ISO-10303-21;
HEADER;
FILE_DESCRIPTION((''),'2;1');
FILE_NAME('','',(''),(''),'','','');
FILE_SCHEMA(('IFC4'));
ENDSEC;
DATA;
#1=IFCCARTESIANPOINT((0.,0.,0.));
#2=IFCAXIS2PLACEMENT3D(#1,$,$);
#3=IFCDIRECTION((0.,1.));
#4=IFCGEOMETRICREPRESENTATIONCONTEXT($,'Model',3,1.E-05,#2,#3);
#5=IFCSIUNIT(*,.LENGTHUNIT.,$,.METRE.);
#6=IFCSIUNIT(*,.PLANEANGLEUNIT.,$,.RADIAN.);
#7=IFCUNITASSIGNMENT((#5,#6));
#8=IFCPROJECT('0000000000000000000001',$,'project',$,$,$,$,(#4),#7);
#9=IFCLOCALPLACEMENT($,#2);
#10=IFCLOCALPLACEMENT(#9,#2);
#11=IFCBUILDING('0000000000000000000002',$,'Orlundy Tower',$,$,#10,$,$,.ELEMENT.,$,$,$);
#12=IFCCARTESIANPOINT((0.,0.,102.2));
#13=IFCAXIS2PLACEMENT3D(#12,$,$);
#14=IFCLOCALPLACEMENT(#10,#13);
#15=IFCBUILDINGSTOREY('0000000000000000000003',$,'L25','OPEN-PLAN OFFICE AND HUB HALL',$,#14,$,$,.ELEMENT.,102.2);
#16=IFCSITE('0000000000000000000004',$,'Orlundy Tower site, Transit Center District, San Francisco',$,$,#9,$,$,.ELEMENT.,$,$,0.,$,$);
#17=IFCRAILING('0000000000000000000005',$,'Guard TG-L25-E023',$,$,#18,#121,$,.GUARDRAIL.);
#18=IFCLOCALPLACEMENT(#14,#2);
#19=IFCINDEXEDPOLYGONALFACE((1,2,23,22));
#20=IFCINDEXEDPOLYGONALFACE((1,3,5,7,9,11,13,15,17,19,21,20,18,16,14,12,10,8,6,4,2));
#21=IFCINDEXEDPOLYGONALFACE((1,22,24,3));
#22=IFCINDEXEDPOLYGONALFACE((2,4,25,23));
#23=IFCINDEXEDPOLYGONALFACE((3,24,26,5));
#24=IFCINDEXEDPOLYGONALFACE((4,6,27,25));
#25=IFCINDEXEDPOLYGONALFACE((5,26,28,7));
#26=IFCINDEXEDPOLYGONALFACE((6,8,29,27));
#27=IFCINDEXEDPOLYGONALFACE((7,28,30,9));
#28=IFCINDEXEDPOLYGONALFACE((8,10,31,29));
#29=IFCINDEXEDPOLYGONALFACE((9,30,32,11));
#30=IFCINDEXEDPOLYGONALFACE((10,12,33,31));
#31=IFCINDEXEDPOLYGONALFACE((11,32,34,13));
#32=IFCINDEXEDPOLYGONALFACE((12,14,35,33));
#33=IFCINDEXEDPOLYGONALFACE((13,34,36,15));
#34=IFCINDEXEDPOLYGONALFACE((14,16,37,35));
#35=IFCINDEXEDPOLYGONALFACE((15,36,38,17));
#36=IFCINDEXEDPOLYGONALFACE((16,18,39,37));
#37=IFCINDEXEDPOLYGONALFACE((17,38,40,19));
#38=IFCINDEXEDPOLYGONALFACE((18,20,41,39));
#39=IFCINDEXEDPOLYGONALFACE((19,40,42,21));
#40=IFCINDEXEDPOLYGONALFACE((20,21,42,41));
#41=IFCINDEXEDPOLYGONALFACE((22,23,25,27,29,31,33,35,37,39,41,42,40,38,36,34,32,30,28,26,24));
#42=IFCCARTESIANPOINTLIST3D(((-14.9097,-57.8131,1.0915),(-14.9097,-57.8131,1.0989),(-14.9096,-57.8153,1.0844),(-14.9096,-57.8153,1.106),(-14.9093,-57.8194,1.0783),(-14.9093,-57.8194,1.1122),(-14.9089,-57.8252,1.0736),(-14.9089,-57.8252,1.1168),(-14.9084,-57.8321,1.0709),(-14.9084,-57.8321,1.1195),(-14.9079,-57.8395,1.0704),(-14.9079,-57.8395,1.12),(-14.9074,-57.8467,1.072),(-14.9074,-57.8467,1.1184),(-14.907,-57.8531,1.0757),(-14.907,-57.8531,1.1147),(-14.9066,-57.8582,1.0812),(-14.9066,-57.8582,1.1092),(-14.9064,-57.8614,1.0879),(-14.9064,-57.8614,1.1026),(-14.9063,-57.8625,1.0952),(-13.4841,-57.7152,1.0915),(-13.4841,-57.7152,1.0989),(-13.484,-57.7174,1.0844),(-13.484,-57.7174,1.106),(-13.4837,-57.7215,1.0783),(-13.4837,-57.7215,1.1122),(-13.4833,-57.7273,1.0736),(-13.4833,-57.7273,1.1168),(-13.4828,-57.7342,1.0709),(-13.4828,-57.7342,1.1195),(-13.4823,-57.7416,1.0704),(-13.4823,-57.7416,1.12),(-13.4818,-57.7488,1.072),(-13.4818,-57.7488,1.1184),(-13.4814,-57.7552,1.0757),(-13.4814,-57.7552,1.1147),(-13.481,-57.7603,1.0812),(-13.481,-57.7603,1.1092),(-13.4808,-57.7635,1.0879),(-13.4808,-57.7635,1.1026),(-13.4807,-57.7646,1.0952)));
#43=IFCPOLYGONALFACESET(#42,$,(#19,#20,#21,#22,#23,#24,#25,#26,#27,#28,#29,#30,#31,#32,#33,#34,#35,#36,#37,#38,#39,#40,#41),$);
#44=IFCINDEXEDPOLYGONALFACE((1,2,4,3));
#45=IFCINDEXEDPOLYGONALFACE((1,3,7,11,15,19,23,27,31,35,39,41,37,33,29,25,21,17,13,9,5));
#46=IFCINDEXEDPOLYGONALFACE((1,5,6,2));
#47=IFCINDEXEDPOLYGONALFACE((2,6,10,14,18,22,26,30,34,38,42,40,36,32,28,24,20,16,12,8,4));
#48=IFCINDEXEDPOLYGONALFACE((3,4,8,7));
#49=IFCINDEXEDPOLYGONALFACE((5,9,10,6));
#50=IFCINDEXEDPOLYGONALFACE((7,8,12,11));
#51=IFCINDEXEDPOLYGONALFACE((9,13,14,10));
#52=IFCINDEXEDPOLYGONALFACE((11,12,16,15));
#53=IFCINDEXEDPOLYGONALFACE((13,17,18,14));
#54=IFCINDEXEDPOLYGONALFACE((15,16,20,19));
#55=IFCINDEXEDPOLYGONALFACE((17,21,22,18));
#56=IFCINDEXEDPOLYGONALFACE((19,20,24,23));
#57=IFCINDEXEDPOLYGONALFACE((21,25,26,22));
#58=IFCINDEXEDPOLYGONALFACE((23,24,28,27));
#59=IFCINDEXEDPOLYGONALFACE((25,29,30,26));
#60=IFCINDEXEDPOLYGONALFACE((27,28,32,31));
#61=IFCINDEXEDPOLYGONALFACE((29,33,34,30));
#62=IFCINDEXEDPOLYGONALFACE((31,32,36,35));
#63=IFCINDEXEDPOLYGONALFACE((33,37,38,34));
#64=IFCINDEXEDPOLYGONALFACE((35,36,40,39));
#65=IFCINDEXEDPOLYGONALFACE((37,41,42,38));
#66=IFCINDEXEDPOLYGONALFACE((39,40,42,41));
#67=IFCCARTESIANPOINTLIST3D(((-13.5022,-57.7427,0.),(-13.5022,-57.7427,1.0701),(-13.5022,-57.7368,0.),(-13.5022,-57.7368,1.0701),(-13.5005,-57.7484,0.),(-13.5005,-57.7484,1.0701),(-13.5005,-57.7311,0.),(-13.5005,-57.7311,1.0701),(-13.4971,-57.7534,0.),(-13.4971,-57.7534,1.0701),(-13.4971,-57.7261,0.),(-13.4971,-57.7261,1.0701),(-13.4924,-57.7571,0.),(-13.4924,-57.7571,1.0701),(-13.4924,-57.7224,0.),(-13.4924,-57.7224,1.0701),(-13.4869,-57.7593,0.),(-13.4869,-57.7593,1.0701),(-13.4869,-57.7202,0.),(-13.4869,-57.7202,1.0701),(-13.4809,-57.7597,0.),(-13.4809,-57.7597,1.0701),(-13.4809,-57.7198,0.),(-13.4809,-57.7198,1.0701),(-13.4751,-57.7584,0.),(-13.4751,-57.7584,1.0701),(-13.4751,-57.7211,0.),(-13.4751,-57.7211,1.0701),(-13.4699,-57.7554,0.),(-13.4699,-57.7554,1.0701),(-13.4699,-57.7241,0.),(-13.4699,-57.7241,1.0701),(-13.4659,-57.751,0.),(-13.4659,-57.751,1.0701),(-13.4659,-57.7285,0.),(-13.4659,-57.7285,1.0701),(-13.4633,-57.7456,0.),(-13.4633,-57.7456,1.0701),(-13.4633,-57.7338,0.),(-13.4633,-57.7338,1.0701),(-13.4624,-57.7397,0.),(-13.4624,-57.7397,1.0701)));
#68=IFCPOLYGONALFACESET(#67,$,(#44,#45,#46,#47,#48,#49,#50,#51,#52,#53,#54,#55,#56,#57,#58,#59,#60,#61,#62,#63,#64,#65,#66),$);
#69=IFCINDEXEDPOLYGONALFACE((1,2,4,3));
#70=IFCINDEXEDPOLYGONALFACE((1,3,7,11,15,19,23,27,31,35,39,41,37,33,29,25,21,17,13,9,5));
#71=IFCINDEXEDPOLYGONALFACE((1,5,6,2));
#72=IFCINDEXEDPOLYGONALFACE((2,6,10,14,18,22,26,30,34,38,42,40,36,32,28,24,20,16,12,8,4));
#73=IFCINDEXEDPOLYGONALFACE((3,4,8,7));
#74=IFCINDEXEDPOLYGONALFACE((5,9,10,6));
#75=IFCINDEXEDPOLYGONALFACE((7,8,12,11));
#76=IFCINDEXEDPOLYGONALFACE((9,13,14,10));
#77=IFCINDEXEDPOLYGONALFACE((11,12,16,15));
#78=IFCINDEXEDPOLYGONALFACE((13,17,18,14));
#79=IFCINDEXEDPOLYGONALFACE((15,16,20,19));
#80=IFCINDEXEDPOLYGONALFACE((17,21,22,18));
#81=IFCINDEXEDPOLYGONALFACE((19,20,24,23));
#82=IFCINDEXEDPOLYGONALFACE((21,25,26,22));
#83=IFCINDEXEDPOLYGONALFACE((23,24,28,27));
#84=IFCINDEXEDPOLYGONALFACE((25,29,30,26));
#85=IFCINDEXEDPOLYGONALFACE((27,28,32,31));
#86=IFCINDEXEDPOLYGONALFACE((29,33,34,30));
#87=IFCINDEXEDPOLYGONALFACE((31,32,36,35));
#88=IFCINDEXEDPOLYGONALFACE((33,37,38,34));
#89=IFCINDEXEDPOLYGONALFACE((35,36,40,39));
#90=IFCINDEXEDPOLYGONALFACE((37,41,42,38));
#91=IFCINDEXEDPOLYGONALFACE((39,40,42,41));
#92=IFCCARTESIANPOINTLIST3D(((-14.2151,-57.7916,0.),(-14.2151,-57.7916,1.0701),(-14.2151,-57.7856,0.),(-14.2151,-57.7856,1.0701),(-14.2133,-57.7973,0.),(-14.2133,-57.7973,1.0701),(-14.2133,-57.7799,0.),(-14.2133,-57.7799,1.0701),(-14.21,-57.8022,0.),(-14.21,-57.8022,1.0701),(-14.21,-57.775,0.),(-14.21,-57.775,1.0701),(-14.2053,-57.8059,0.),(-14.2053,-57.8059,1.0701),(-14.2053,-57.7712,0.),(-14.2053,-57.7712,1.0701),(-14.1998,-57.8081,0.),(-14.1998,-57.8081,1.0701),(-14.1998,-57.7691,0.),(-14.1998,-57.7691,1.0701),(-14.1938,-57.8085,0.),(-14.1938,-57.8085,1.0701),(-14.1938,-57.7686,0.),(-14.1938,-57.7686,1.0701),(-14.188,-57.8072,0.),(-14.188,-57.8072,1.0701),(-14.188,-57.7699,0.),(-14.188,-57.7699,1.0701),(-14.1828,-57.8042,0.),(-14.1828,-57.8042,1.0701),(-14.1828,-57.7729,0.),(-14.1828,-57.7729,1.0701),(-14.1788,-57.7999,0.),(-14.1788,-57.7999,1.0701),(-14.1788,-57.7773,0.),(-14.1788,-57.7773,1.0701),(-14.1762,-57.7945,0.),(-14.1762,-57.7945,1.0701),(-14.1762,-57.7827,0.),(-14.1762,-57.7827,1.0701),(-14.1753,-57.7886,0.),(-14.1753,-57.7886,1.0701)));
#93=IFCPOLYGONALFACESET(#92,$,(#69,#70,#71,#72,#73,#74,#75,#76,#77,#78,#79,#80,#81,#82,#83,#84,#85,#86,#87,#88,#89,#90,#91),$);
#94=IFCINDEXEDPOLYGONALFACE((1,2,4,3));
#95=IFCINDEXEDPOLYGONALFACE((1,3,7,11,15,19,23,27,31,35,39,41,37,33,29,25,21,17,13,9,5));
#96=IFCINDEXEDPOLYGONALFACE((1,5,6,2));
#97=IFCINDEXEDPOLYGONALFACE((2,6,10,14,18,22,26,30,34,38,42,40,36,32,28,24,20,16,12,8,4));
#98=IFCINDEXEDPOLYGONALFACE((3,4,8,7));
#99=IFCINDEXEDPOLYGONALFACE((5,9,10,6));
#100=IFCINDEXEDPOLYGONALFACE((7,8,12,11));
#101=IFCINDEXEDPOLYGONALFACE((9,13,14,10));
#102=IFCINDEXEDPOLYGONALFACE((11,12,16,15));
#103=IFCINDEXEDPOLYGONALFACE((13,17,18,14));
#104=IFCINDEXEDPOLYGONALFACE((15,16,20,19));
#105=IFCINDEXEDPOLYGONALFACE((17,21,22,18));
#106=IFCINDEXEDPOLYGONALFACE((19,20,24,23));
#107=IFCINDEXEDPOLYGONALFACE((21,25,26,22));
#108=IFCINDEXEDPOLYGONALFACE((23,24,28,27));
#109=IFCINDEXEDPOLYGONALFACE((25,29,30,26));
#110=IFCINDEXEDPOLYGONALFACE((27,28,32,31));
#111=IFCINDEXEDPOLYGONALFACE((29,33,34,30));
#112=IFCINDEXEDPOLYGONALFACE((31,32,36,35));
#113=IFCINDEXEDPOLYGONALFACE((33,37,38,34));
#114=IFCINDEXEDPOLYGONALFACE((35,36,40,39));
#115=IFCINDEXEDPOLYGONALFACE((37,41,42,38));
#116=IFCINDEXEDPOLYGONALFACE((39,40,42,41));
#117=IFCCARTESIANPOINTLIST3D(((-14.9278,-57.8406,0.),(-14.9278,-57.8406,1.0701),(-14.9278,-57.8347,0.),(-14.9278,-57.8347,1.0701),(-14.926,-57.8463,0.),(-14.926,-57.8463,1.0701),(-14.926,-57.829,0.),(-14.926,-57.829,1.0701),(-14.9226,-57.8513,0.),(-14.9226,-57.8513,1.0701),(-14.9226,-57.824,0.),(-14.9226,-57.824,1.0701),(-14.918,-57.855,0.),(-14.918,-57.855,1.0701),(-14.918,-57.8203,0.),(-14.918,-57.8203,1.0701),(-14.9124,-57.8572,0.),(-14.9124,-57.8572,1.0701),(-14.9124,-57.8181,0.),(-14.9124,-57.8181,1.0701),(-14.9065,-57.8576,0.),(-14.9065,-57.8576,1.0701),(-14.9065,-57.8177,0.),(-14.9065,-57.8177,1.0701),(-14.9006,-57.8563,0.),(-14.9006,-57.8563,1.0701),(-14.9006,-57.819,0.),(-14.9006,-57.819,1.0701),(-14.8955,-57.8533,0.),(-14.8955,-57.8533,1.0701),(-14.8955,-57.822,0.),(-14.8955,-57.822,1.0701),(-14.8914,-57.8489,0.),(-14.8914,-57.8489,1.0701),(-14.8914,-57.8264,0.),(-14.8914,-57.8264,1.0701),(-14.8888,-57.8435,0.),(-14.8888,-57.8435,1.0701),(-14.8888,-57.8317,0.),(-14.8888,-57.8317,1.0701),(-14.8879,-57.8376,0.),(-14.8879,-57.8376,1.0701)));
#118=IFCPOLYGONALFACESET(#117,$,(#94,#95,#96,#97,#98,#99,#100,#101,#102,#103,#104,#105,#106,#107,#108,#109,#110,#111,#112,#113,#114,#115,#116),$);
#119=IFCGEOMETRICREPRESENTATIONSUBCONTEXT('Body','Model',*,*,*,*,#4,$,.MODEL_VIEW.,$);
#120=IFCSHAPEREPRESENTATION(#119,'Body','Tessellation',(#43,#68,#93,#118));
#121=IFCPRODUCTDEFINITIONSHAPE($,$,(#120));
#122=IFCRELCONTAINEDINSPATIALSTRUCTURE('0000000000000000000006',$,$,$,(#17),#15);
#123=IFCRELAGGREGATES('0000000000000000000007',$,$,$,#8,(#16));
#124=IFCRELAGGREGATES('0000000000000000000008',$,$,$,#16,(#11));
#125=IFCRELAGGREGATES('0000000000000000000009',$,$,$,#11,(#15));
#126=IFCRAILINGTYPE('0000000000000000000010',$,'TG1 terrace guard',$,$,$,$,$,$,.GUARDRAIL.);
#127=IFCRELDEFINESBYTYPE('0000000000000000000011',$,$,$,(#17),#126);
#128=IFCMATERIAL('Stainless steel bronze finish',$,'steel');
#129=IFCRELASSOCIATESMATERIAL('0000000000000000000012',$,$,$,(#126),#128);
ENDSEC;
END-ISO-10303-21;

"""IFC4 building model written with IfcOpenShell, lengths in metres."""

from ifc_helpers import new_model, si_unit, direction, frame, origin, origin_2d, place, context, subcontext, project, spatial, circle, extrude, material, type_object, element, save


model = new_model("IFC4")

# Units and contexts
model_context = context("Model", 3, precision=1e-05, world=origin(), true_north=direction((0.0, 1.0)))
body_context = subcontext(model_context, "Body", "Model", "MODEL_VIEW")
ifc_project = project(units=[si_unit("LENGTHUNIT", "METRE"), si_unit("PLANEANGLEUNIT", "RADIAN")], contexts=[model_context])

# Site, building, storey
site_placement = place(None, origin())
site = spatial("IfcSite", under=ifc_project, at=site_placement, Name="Orlundy Tower site, Transit Center District, San Francisco", CompositionType="ELEMENT", RefElevation=0.0)
building_placement = place(site_placement, origin())
building = spatial("IfcBuilding", under=site, at=building_placement, Name="Orlundy Tower", CompositionType="ELEMENT")
storey_placement = place(building_placement, frame((0.0, 0.0, 102.2)))
storey = spatial("IfcBuildingStorey", under=building, at=storey_placement, Name="L25", Description="OPEN-PLAN OFFICE AND HUB HALL", CompositionType="ELEMENT", Elevation=102.2)

# Railing
ifc_material_1 = material(Name="Stainless steel bronze finish", Category="steel")
railing_type = type_object("IfcRailingType", Name="TG1 terrace guard", PredefinedType="GUARDRAIL", material=ifc_material_1)
railing_1_placement = place(storey_placement, frame((-13.4824, -57.7397, 0.0)))
element("IfcRailing", 1, at=railing_1_placement, inside=storey, type_object=railing_type, Name="Guard TG-L25-E023", PredefinedType="GUARDRAIL", context=body_context, shape_type="SweptSolid", body=[
    extrude(circle(Radius=0.0249, at=origin_2d()), frame((0.0, 0.0, 1.0952), z_axis=(-0.99765, -0.068515, 0.0), x_axis=(0.068515, -0.99765, 0.0)), (0.0, 0.0, 1.0), 1.429),
    extrude(circle(Radius=0.02, at=origin_2d()), origin(), (0.0, 0.0, 1.0), 1.0701),
    extrude(circle(Radius=0.02, at=origin_2d()), frame((-0.7129, -0.0488, 0.0)), (0.0, 0.0, 1.0), 1.0701),
    extrude(circle(Radius=0.02, at=origin_2d()), frame((-1.4255, -0.0979, 0.0)), (0.0, 0.0, 1.0), 1.0701),
])

save(model, "model.ifc")
